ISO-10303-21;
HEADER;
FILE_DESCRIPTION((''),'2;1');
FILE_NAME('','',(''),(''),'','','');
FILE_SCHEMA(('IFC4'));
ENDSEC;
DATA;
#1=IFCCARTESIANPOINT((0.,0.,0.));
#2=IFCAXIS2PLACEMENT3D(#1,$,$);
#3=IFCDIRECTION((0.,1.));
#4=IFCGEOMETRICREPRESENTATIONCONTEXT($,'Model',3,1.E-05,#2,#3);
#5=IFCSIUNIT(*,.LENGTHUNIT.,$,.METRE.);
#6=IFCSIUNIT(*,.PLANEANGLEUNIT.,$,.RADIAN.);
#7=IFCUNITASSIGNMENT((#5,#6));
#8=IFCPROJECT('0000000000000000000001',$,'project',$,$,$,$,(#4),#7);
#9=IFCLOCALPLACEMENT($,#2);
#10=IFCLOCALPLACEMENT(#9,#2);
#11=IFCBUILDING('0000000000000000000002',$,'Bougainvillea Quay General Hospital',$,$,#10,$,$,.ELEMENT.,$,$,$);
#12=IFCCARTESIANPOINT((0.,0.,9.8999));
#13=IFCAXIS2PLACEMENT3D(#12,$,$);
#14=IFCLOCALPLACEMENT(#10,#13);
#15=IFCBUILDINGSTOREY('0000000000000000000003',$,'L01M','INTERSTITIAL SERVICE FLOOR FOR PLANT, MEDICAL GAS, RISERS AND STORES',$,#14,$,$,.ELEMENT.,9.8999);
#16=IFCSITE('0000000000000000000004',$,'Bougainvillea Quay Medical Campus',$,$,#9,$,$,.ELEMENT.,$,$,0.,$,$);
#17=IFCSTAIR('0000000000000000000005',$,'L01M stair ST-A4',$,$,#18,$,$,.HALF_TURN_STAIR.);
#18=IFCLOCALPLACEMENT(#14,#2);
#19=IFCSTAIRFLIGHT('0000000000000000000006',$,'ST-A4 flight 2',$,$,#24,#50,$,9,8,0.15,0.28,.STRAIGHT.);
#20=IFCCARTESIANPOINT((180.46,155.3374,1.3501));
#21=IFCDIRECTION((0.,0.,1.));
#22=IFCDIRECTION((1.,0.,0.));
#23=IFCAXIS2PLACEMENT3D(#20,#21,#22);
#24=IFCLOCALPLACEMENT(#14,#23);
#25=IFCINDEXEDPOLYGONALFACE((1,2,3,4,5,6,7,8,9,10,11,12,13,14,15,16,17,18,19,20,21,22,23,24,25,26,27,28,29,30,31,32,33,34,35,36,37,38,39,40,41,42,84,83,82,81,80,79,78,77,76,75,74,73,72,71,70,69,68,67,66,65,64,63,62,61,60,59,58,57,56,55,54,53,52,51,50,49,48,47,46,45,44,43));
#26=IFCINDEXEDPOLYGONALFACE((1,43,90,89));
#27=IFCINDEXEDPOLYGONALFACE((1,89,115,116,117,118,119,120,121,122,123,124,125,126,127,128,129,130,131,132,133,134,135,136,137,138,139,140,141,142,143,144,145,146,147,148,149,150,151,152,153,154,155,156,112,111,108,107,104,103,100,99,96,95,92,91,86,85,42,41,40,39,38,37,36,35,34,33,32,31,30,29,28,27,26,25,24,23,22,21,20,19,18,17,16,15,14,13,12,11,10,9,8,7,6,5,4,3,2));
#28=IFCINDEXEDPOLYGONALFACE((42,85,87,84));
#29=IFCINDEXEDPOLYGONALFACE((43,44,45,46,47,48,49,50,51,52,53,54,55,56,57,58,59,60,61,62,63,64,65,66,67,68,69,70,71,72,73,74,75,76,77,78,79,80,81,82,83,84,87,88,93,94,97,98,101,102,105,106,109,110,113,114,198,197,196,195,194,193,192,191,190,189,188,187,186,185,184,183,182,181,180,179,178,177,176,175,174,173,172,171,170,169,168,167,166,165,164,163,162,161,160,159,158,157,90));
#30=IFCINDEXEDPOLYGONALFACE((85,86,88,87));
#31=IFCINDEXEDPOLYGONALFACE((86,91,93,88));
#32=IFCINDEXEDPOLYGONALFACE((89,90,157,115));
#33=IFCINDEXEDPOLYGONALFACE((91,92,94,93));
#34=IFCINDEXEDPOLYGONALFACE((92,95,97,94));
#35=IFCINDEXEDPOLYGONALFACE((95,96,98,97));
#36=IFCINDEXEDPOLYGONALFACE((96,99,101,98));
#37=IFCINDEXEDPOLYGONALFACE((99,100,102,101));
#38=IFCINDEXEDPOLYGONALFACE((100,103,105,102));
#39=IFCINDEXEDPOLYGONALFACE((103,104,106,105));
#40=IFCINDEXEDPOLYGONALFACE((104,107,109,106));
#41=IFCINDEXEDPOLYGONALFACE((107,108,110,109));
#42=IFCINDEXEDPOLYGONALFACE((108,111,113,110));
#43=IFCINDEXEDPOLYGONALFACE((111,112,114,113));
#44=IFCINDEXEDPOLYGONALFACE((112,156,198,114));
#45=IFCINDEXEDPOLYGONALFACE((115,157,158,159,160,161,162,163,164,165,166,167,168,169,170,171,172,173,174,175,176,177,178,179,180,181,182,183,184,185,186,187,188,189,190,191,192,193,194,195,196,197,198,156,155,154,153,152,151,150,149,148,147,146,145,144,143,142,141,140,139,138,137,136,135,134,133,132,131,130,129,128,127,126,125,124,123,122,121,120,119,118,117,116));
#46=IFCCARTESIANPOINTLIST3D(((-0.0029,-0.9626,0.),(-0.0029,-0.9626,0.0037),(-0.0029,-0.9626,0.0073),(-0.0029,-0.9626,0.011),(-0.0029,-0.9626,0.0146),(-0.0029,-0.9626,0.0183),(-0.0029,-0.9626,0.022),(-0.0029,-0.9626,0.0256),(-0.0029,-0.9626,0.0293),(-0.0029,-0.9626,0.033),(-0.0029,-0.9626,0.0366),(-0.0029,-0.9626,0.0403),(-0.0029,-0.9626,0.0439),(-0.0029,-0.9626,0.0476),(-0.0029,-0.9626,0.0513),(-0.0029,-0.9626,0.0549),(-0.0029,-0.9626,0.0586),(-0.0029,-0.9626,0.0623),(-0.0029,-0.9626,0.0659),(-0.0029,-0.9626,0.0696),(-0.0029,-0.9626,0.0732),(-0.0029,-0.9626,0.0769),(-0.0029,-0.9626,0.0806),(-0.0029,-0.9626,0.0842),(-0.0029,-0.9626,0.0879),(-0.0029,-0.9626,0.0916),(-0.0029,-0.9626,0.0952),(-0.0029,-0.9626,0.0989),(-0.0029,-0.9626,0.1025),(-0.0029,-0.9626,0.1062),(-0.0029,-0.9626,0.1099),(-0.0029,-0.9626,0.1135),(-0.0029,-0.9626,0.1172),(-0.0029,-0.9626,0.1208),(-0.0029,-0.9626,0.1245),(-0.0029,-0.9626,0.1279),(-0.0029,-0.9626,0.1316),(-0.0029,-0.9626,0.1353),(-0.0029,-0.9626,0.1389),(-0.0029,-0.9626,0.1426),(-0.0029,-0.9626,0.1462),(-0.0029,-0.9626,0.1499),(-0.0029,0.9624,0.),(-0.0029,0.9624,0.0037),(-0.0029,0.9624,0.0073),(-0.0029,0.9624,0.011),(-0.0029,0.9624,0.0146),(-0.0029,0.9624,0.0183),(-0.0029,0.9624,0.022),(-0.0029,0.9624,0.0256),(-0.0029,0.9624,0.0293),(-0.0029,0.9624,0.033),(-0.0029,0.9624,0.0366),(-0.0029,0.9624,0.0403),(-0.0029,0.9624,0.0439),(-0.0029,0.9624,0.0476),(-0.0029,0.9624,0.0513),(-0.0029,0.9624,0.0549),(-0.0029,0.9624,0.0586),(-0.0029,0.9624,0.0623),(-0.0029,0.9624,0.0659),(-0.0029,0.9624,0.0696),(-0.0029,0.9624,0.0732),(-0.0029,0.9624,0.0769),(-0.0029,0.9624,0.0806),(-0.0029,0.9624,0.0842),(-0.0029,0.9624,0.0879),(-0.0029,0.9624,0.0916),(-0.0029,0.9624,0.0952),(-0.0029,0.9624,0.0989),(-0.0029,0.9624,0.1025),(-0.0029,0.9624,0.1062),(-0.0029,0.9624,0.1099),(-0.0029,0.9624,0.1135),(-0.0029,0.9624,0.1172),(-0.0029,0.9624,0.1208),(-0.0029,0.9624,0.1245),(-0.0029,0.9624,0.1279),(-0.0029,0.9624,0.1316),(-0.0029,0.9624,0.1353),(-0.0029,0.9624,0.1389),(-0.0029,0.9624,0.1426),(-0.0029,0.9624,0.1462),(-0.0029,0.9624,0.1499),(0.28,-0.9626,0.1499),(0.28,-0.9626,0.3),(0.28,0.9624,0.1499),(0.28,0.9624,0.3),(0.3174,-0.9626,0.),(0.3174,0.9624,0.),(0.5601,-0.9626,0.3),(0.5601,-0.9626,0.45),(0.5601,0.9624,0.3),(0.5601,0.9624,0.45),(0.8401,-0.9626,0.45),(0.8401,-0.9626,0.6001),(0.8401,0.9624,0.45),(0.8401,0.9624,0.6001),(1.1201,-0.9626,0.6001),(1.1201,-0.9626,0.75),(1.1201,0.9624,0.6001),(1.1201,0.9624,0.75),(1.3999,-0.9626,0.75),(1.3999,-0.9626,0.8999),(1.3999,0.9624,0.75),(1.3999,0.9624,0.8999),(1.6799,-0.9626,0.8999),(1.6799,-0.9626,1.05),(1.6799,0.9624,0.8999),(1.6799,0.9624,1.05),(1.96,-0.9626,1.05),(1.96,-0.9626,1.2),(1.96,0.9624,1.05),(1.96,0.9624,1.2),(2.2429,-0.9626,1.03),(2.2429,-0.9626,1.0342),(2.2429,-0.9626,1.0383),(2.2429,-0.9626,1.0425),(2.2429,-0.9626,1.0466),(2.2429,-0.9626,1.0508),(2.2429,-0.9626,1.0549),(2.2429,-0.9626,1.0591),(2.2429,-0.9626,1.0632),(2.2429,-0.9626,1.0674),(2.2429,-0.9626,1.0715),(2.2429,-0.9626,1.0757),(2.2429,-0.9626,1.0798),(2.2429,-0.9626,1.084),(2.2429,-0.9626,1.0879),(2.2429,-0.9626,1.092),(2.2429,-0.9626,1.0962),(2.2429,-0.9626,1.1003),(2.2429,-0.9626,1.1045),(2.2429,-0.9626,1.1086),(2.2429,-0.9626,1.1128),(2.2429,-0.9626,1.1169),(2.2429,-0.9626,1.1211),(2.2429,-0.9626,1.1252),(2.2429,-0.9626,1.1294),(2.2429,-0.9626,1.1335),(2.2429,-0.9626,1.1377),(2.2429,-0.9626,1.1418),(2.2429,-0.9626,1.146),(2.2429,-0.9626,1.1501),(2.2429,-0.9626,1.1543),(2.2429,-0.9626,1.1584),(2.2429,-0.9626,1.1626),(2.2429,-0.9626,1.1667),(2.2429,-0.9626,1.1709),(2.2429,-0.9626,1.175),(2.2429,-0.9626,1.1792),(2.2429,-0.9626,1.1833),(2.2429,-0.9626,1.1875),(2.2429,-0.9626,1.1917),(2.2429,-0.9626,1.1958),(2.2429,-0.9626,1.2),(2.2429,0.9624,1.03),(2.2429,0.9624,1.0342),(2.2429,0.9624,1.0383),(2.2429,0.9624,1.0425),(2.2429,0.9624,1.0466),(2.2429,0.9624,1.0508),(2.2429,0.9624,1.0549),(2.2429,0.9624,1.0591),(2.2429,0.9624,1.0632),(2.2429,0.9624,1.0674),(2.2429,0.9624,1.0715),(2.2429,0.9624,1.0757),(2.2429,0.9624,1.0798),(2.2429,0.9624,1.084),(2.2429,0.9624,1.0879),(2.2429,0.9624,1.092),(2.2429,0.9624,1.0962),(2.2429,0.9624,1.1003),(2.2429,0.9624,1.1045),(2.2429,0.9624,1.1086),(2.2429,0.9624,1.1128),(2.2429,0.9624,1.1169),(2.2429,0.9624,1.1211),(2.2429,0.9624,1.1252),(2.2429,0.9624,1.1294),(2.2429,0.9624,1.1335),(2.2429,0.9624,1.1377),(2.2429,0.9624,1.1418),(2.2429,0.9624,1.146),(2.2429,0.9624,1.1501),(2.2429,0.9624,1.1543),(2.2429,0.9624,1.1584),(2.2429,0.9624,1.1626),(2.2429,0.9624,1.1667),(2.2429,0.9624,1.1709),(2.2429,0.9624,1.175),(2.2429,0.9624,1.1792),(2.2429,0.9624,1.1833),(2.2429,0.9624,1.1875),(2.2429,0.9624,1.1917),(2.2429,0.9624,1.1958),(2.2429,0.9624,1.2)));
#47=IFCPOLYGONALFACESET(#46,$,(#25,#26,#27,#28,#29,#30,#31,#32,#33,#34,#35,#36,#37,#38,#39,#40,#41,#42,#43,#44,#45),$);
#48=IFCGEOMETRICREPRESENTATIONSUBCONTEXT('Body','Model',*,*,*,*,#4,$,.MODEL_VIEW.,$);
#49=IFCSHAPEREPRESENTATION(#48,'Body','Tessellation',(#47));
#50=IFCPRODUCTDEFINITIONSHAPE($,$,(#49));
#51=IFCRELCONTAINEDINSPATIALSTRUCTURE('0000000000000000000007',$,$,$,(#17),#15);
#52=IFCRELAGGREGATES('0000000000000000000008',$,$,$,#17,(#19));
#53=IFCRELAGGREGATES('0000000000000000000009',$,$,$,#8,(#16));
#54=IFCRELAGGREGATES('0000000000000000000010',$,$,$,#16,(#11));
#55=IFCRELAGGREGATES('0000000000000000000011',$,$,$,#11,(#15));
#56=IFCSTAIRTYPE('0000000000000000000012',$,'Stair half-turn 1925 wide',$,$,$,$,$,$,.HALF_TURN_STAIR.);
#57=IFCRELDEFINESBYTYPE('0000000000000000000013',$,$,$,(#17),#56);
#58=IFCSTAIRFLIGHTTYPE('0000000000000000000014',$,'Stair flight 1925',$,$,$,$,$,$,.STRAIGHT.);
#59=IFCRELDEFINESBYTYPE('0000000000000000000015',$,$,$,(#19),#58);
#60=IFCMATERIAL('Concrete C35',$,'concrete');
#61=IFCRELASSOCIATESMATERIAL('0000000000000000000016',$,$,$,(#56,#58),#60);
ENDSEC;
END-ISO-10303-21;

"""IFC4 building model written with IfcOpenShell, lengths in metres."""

from ifc_helpers import new_model, si_unit, direction, frame, origin, place, context, subcontext, project, spatial, polyline, outline, extrude, material, type_object, element, aggregate, save


model = new_model("IFC4")

# Units and contexts
model_context = context("Model", 3, precision=1e-05, world=origin(), true_north=direction((0.0, 1.0)))
body_context = subcontext(model_context, "Body", "Model", "MODEL_VIEW")
ifc_project = project(units=[si_unit("LENGTHUNIT", "METRE"), si_unit("PLANEANGLEUNIT", "RADIAN")], contexts=[model_context])

# Site, building, storey
site_placement = place(None, origin())
site = spatial("IfcSite", under=ifc_project, at=site_placement, Name="Bougainvillea Quay Medical Campus", CompositionType="ELEMENT", RefElevation=0.0)
building_placement = place(site_placement, origin())
building = spatial("IfcBuilding", under=site, at=building_placement, Name="Bougainvillea Quay General Hospital", CompositionType="ELEMENT")
storey_placement = place(building_placement, frame((0.0, 0.0, 9.8999)))
storey = spatial("IfcBuildingStorey", under=building, at=storey_placement, Name="L01M", Description="INTERSTITIAL SERVICE FLOOR FOR PLANT, MEDICAL GAS, RISERS AND STORES", CompositionType="ELEMENT", Elevation=9.8999)

# Stair, stair flight
ifc_material_1 = material(Name="Concrete C35", Category="concrete")
stair_type = type_object("IfcStairType", Name="Stair half-turn 1925 wide", PredefinedType="HALF_TURN_STAIR", material=ifc_material_1)
stair_placement = place(storey_placement, origin())
stair = element("IfcStair", 1, at=stair_placement, inside=storey, type_object=stair_type, Name="L01M stair ST-A4", PredefinedType="HALF_TURN_STAIR")
stair_flight_type = type_object("IfcStairFlightType", Name="Stair flight 1925", PredefinedType="STRAIGHT", material=ifc_material_1)
stair_flight_placement = place(storey_placement, frame((180.46, 155.3374, 1.3501), z_axis=(0.0, 0.0, 1.0), x_axis=(1.0, 0.0, 0.0)))
stair_flight = element("IfcStairFlight", 2, at=stair_flight_placement, type_object=stair_flight_type, Name="ST-A4 flight 2", NumberOfRisers=9, NumberOfTreads=8, PredefinedType="STRAIGHT", RiserHeight=0.15, TreadLength=0.28, context=body_context, shape_type="SweptSolid", body=[
    extrude(outline(polyline([(-0.0029, 0.0), (-0.0029, 0.0037), (-0.0029, 0.0073), (-0.0029, 0.011), (-0.0029, 0.0146), (-0.0029, 0.0183), (-0.0029, 0.022), (-0.0029, 0.0256), (-0.0029, 0.0293), (-0.0029, 0.033), (-0.0029, 0.0366), (-0.0029, 0.0403), (-0.0029, 0.0439), (-0.0029, 0.0476), (-0.0029, 0.0513), (-0.0029, 0.0549), (-0.0029, 0.0586), (-0.0029, 0.0623), (-0.0029, 0.0659), (-0.0029, 0.0696), (-0.0029, 0.0732), (-0.0029, 0.0769), (-0.0029, 0.0806), (-0.0029, 0.0842), (-0.0029, 0.0879), (-0.0029, 0.0916), (-0.0029, 0.0952), (-0.0029, 0.0989), (-0.0029, 0.1025), (-0.0029, 0.1062), (-0.0029, 0.1099), (-0.0029, 0.1135), (-0.0029, 0.1172), (-0.0029, 0.1208), (-0.0029, 0.1245), (-0.0029, 0.1279), (-0.0029, 0.1316), (-0.0029, 0.1353), (-0.0029, 0.1389), (-0.0029, 0.1426), (-0.0029, 0.1462), (-0.0029, 0.1499), (0.28, 0.1499), (0.28, 0.3), (0.5601, 0.3), (0.5601, 0.45), (0.8401, 0.45), (0.8401, 0.6001), (1.1201, 0.6001), (1.1201, 0.75), (1.3999, 0.75), (1.3999, 0.8999), (1.6799, 0.8999), (1.6799, 1.05), (1.96, 1.05), (1.96, 1.2), (2.2429, 1.2), (2.2429, 1.1958), (2.2429, 1.1917), (2.2429, 1.1875), (2.2429, 1.1833), (2.2429, 1.1792), (2.2429, 1.175), (2.2429, 1.1709), (2.2429, 1.1667), (2.2429, 1.1626), (2.2429, 1.1584), (2.2429, 1.1543), (2.2429, 1.1501), (2.2429, 1.146), (2.2429, 1.1418), (2.2429, 1.1377), (2.2429, 1.1335), (2.2429, 1.1294), (2.2429, 1.1252), (2.2429, 1.1211), (2.2429, 1.1169), (2.2429, 1.1128), (2.2429, 1.1086), (2.2429, 1.1045), (2.2429, 1.1003), (2.2429, 1.0962), (2.2429, 1.092), (2.2429, 1.0879), (2.2429, 1.084), (2.2429, 1.0798), (2.2429, 1.0757), (2.2429, 1.0715), (2.2429, 1.0674), (2.2429, 1.0632), (2.2429, 1.0591), (2.2429, 1.0549), (2.2429, 1.0508), (2.2429, 1.0466), (2.2429, 1.0425), (2.2429, 1.0383), (2.2429, 1.0342), (2.2429, 1.03), (0.3174, 0.0), (-0.0029, 0.0)])), frame((0.0, 0.9624, 0.0), z_axis=(0.0, -1.0, 0.0), x_axis=(1.0, 0.0, 0.0)), (0.0, 0.0, 1.0), 1.925),
])
aggregate(stair, [stair_flight])

save(model, "model.ifc")
